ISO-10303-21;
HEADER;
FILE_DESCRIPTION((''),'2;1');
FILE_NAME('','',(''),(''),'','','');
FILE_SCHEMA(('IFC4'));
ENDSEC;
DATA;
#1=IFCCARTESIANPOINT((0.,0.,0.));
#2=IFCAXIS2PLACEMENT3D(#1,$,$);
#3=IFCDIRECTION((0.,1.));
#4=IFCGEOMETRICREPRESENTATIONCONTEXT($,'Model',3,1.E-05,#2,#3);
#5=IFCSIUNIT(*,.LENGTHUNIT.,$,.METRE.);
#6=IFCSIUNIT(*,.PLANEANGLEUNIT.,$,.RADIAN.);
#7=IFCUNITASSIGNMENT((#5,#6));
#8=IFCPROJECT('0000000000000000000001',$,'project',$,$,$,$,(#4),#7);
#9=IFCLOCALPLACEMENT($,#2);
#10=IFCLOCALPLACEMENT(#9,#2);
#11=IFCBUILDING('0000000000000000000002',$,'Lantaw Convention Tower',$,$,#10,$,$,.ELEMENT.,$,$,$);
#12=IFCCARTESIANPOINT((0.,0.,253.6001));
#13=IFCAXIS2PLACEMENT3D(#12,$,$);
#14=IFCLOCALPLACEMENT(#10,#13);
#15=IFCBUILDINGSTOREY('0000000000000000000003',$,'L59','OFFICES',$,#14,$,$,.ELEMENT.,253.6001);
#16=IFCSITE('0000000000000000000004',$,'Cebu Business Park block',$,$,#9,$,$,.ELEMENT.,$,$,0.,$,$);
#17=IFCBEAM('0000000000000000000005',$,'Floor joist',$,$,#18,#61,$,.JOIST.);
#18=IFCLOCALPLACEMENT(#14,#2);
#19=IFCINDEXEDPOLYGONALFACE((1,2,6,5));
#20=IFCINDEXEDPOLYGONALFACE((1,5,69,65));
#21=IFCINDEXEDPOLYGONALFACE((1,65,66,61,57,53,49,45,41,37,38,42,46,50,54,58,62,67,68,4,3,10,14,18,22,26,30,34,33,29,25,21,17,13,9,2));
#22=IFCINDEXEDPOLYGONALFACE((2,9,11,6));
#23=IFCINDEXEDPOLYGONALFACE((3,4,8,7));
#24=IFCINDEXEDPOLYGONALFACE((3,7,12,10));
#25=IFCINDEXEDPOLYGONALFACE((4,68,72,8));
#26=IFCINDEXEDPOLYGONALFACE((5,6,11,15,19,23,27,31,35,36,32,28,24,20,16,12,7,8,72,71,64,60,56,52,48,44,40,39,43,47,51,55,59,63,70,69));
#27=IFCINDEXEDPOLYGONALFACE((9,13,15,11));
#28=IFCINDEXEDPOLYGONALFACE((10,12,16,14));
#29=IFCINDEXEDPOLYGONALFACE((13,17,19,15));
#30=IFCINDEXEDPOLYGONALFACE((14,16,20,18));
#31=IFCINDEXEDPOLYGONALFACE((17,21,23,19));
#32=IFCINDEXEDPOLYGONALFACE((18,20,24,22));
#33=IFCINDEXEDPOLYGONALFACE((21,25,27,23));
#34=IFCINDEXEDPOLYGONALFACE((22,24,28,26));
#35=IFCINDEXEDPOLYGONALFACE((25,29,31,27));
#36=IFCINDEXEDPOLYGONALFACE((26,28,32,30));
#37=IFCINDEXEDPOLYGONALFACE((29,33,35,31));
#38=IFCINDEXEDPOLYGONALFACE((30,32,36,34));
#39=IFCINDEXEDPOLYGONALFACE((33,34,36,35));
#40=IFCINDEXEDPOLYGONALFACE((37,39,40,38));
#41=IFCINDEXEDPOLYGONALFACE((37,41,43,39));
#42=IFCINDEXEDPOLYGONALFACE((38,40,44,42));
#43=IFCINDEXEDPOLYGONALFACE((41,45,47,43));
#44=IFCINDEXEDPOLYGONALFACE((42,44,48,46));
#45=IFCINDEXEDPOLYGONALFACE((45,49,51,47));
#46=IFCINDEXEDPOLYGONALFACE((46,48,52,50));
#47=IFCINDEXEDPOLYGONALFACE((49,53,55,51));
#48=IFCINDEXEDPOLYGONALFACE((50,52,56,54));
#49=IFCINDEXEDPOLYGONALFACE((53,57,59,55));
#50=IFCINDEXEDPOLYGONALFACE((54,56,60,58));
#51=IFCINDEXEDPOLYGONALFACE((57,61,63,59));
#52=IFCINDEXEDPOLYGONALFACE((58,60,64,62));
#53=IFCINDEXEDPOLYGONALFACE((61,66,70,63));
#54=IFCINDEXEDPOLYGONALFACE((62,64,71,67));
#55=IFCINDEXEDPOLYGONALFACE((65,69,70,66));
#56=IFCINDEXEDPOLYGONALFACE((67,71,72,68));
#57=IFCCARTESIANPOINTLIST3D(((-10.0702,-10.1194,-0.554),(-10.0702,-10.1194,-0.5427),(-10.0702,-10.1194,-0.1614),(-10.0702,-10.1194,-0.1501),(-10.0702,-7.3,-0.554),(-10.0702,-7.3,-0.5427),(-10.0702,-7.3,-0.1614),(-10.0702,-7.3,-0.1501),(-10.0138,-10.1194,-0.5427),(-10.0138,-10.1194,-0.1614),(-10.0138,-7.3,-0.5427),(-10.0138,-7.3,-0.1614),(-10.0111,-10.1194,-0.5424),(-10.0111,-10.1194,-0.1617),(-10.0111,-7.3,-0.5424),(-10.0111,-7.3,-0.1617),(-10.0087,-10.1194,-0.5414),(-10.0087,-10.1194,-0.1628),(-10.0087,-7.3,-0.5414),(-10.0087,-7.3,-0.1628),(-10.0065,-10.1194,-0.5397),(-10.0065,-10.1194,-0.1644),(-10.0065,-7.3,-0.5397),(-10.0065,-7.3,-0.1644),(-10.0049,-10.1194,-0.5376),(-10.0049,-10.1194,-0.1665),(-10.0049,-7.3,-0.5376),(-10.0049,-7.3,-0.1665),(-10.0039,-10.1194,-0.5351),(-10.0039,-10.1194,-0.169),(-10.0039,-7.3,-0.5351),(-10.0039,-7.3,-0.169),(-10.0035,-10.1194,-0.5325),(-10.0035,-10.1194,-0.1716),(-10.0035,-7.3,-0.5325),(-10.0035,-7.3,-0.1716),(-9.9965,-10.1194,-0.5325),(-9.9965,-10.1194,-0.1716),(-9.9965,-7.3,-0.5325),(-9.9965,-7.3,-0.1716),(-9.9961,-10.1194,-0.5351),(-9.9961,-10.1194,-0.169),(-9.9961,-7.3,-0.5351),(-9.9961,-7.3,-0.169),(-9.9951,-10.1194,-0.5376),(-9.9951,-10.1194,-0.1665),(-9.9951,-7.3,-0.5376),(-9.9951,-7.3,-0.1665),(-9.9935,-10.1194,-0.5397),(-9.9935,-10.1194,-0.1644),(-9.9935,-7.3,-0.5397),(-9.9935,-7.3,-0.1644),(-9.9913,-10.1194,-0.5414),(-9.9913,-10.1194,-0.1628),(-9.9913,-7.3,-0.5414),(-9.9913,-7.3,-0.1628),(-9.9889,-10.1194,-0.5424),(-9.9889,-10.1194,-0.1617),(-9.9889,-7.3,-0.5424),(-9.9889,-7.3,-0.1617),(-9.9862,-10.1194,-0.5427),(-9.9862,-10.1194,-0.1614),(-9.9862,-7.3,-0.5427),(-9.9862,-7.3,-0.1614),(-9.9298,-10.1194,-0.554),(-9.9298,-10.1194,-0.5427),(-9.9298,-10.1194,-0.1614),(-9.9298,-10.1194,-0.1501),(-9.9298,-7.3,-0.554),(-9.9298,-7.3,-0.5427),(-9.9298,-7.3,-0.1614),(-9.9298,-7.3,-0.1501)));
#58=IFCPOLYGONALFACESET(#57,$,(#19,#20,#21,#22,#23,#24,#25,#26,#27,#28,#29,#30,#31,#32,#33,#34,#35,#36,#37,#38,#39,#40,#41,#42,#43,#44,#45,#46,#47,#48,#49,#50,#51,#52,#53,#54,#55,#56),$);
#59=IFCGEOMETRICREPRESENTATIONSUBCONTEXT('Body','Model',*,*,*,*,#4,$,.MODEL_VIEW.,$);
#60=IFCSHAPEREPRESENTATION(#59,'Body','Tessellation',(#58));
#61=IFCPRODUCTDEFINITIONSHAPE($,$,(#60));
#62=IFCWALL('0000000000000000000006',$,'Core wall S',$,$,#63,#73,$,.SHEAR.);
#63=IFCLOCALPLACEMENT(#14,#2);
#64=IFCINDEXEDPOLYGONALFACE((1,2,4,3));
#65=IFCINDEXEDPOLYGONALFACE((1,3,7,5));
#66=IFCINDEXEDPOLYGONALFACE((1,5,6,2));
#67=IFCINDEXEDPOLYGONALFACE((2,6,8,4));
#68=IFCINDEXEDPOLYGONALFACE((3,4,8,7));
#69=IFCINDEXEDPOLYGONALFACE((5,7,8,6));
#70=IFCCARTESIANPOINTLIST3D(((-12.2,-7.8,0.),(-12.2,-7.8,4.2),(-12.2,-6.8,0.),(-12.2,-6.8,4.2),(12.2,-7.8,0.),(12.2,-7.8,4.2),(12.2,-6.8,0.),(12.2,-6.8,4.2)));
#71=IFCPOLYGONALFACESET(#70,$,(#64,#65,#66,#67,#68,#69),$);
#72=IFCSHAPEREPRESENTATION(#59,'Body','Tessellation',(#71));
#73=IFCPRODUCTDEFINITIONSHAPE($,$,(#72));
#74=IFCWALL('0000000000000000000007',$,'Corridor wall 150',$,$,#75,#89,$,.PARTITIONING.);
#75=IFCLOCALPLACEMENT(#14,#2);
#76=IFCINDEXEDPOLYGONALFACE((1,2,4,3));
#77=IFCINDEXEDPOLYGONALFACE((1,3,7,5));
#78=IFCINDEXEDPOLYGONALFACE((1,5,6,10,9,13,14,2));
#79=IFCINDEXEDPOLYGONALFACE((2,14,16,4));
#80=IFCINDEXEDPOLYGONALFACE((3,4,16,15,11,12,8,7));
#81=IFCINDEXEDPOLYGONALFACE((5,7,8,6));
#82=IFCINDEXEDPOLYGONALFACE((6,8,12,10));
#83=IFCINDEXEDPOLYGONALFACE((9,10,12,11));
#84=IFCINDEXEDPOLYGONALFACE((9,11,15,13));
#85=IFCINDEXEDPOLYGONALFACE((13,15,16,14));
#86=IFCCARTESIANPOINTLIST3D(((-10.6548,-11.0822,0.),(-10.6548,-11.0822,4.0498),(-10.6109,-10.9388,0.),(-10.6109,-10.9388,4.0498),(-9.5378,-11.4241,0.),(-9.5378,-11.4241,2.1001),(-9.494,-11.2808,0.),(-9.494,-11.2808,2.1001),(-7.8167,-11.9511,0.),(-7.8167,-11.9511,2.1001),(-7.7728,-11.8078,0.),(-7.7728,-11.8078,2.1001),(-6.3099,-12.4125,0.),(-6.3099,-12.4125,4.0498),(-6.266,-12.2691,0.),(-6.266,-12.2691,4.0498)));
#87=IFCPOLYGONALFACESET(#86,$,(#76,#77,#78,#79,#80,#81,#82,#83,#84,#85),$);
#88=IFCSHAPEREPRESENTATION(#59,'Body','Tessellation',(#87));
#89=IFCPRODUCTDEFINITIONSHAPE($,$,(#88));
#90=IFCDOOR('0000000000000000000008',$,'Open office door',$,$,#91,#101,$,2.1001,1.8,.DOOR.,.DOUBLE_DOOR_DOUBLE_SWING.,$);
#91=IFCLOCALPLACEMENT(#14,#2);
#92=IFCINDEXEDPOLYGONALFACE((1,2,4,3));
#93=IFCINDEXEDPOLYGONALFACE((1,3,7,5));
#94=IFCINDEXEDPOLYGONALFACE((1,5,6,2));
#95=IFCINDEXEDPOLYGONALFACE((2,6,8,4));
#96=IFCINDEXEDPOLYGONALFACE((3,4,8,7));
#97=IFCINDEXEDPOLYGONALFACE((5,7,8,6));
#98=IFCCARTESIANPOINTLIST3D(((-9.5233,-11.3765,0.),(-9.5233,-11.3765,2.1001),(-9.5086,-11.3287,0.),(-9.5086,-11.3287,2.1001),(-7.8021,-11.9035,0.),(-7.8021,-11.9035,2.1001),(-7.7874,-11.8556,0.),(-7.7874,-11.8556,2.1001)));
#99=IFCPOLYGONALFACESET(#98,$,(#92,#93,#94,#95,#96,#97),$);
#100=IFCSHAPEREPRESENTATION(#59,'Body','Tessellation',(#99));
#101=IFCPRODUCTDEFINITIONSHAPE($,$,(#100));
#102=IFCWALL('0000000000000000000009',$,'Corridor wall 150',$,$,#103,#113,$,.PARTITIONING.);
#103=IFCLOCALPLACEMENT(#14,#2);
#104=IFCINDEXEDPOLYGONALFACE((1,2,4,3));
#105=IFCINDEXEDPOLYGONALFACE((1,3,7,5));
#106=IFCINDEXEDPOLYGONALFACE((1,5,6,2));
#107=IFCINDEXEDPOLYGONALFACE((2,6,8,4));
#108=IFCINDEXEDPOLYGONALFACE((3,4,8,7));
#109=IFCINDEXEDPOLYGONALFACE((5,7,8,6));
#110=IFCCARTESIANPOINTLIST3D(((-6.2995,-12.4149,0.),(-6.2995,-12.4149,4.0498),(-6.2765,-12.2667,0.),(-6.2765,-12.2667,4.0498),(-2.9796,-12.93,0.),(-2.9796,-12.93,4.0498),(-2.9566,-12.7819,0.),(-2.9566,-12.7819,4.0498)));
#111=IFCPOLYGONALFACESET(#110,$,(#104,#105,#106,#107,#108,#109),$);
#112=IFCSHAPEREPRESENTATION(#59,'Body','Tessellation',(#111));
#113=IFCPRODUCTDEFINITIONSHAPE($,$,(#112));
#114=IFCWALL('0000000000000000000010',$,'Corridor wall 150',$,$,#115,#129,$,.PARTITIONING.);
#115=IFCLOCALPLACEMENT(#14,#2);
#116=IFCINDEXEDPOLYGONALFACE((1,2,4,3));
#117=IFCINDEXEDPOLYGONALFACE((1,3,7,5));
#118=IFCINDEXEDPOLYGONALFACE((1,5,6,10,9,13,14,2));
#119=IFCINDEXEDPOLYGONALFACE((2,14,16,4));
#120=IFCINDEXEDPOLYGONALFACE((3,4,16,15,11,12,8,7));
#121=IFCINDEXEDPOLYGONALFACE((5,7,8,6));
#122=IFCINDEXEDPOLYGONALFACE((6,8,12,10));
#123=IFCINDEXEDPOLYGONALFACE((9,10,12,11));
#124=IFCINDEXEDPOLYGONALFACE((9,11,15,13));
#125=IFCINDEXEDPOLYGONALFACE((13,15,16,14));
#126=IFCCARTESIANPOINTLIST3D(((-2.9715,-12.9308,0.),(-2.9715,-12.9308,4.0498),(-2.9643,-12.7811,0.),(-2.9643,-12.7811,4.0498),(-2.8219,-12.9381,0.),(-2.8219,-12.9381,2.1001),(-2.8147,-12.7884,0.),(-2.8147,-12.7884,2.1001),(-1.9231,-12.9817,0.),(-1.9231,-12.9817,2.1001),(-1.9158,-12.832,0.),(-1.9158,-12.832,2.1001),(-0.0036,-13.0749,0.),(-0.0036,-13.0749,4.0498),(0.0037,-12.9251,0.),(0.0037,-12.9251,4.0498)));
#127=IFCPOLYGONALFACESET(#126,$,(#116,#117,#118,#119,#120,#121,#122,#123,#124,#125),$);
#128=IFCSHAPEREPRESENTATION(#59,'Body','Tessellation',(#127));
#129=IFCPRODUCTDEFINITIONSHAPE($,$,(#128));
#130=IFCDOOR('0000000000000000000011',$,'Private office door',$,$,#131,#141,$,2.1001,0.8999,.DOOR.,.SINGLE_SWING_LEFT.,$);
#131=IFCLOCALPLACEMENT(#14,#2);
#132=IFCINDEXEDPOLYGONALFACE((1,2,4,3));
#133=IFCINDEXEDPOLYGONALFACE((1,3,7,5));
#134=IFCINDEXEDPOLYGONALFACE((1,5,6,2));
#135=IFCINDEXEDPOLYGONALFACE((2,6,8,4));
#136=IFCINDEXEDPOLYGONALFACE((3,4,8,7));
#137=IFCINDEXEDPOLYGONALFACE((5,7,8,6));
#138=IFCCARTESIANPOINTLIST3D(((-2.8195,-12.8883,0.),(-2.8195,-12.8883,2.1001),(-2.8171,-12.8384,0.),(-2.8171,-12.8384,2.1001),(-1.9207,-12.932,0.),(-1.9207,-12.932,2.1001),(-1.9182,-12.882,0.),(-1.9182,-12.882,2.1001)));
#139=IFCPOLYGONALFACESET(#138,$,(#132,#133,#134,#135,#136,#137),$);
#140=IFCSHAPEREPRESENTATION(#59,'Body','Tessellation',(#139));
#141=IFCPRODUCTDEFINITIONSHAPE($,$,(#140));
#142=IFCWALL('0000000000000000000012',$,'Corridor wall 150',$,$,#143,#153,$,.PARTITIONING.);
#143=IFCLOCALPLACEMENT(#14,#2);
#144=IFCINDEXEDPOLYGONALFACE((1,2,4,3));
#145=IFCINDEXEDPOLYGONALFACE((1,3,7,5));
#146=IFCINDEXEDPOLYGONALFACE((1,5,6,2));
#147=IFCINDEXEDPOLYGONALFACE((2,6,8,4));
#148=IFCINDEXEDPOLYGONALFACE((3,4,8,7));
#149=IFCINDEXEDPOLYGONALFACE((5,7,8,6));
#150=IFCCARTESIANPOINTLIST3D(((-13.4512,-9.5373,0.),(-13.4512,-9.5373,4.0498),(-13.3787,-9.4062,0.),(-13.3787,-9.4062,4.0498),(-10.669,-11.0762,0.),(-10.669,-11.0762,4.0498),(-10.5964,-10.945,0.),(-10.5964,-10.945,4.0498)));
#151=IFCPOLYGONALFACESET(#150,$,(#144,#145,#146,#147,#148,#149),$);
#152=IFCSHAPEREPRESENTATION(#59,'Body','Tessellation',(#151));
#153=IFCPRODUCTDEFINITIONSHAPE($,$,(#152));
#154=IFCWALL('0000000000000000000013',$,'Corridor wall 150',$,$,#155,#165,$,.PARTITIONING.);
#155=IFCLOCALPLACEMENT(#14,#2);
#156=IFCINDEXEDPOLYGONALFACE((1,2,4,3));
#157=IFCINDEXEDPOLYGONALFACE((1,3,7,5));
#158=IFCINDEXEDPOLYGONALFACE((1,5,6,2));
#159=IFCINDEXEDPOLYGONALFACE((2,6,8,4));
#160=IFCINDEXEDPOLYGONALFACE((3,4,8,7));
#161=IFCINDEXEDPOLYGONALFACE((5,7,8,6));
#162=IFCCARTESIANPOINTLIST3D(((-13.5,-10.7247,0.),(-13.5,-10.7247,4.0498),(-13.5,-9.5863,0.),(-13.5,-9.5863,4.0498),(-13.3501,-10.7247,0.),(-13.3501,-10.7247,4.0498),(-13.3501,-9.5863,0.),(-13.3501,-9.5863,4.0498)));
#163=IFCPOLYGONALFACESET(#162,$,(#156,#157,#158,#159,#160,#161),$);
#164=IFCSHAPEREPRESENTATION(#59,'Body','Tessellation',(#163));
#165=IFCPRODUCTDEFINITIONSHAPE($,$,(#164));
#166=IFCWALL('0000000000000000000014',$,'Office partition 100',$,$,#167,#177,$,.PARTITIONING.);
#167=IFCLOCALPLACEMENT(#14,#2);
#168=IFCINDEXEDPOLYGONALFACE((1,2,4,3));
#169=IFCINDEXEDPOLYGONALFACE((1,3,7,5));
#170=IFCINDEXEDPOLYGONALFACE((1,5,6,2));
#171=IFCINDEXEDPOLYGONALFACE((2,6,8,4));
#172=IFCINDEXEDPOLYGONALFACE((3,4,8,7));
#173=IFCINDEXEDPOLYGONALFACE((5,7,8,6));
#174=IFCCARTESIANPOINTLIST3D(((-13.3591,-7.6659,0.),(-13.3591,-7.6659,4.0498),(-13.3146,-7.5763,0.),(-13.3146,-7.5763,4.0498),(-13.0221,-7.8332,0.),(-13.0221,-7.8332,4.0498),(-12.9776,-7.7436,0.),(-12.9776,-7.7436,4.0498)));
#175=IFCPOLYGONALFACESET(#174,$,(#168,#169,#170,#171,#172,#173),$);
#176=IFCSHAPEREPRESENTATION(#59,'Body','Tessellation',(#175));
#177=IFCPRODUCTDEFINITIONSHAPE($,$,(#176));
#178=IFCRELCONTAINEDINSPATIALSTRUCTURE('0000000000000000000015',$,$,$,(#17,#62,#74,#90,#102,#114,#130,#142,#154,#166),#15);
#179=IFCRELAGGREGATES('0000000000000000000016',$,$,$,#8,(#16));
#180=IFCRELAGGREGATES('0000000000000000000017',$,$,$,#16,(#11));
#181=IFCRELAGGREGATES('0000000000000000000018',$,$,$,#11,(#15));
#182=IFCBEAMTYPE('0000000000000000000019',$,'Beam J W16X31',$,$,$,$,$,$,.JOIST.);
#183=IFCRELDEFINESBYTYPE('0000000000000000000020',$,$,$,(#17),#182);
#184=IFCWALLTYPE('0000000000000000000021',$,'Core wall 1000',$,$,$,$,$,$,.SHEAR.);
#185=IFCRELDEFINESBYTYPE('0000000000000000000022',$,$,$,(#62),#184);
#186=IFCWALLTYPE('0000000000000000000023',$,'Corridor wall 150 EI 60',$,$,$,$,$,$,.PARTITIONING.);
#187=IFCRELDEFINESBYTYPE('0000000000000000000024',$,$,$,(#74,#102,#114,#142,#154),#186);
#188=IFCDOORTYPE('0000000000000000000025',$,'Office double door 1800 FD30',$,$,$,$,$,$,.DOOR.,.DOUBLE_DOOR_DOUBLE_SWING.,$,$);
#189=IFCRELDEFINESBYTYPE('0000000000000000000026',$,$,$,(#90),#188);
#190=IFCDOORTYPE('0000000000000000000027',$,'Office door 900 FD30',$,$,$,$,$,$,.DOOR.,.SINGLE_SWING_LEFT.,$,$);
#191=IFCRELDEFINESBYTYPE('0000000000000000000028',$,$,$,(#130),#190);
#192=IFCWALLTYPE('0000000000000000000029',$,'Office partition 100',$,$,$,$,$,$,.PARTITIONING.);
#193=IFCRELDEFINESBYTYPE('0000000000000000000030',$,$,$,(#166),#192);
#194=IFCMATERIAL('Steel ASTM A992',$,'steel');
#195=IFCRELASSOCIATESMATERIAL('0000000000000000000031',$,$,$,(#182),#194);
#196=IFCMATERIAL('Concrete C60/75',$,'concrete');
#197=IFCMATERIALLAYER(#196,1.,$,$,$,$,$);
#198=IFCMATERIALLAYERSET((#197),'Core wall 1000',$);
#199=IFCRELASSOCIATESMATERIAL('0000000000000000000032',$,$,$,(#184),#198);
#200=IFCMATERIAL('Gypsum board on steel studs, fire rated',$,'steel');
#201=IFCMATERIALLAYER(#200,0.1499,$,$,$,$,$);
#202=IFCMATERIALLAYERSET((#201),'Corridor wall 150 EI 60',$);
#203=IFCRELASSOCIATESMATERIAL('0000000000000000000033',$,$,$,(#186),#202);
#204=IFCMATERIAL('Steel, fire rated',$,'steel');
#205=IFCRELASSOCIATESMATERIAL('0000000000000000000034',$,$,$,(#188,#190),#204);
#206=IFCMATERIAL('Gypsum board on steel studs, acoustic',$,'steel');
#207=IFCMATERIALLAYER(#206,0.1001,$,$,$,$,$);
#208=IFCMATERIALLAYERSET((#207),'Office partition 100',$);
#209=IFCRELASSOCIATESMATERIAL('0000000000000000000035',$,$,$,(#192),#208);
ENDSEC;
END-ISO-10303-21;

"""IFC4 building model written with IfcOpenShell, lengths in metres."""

from ifc_helpers import new_model, si_unit, direction, frame, frame_2d, origin, origin_2d, place, context, subcontext, project, spatial, rectangle, i_section, extrude, material, layer, layer_set, material_profile, profile_set, type_object, element, fill, save


model = new_model("IFC4")

# Units and contexts
model_context = context("Model", 3, precision=1e-05, world=origin(), true_north=direction((0.0, 1.0)))
body_context = subcontext(model_context, "Body", "Model", "MODEL_VIEW")
ifc_project = project(units=[si_unit("LENGTHUNIT", "METRE"), si_unit("PLANEANGLEUNIT", "RADIAN")], contexts=[model_context])

# Site, building, storey
site_placement = place(None, origin())
site = spatial("IfcSite", under=ifc_project, at=site_placement, Name="Cebu Business Park block", CompositionType="ELEMENT", RefElevation=0.0)
building_placement = place(site_placement, origin())
building = spatial("IfcBuilding", under=site, at=building_placement, Name="Lantaw Convention Tower", CompositionType="ELEMENT")
storey_placement = place(building_placement, frame((0.0, 0.0, 253.6001)))
storey = spatial("IfcBuildingStorey", under=building, at=storey_placement, Name="L59", Description="OFFICES", CompositionType="ELEMENT", Elevation=253.6001)

# Shared definitions
ifc_material_1 = material(Name="Concrete C60/75", Category="concrete")

# Beam
ifc_material_2 = material(Name="Steel ASTM A992", Category="steel")
ifc_material_profile_1 = material_profile(ifc_material_2, i_section(OverallWidth=0.1404, OverallDepth=0.4038, WebThickness=0.0071, FlangeThickness=0.0112, FilletRadius=0.0103, at=origin_2d()), Name="W16X31")
ifc_profile_set_1 = profile_set([ifc_material_profile_1], Name="Steel ASTM A992")
beam_type_1 = type_object("IfcBeamType", Name="Beam J W16X31", PredefinedType="JOIST", material=ifc_profile_set_1)
beam_1_placement = place(storey_placement, frame((-10.0, -10.1194, -0.3521), z_axis=(0.0, 1.0, 0.0), x_axis=(-1.0, 0.0, 0.0)))
element("IfcBeam", 1, at=beam_1_placement, inside=storey, type_object=beam_type_1, Name="Floor joist", PredefinedType="JOIST", context=body_context, shape_type="SweptSolid", body=[
    extrude(i_section(OverallWidth=0.1404, OverallDepth=0.4038, WebThickness=0.0071, FlangeThickness=0.0112, FilletRadius=0.0103, at=origin_2d()), origin(), (0.0, 0.0, 1.0), 2.8193),
])

# Wall
ifc_layer_1 = layer(ifc_material_1, 1.0)
ifc_layer_set_1 = layer_set([ifc_layer_1], Name="Core wall 1000")
wall_type_1 = type_object("IfcWallType", Name="Core wall 1000", PredefinedType="SHEAR", material=ifc_layer_set_1)
wall_1_placement = place(storey_placement, frame((-12.2, -7.3, 0.0), z_axis=(0.0, 0.0, 1.0), x_axis=(1.0, 0.0, 0.0)))
element("IfcWall", 2, at=wall_1_placement, inside=storey, type_object=wall_type_1, Name="Core wall S", PredefinedType="SHEAR", context=body_context, shape_type="SweptSolid", body=[
    extrude(rectangle(XDim=24.3999, YDim=1.0, at=frame_2d((12.2, 0.0))), origin(), (0.0, 0.0, 1.0), 4.2),
])

# Wall, opening, door
ifc_material_3 = material(Name="Gypsum board on steel studs, fire rated", Category="steel")
ifc_layer_2 = layer(ifc_material_3, 0.1499)
ifc_layer_set_2 = layer_set([ifc_layer_2], Name="Corridor wall 150 EI 60")
wall_type_2 = type_object("IfcWallType", Name="Corridor wall 150 EI 60", PredefinedType="PARTITIONING", material=ifc_layer_set_2)
wall_2_placement = place(storey_placement, frame((-10.6328, -11.0105, 0.0), z_axis=(0.0, 0.0, 1.0), x_axis=(0.956186, -0.29276, 0.0)))
wall_2 = element("IfcWall", 3, at=wall_2_placement, inside=storey, type_object=wall_type_2, Name="Corridor wall 150", PredefinedType="PARTITIONING", context=body_context, shape_type="SweptSolid", body=[
    extrude(rectangle(XDim=4.5439, YDim=0.1499, at=frame_2d((2.272, 0.0))), origin(), (0.0, 0.0, 1.0), 4.0498),
])
opening_1_placement = place(wall_2_placement, frame((1.1682, 0.0, 0.0)))
opening_1 = element("IfcOpeningElement", 4, at=opening_1_placement, cuts=wall_2, PredefinedType="OPENING", context=body_context, shape_type="SweptSolid", body=[
    extrude(rectangle(XDim=1.8, YDim=2.1001, at=frame_2d((0.8999, 1.05))), frame((0.0, 0.085, 0.0), z_axis=(0.0, -1.0, 0.0), x_axis=(1.0, 0.0, 0.0)), (0.0, 0.0, 1.0), 0.1699),
])
ifc_material_4 = material(Name="Steel, fire rated", Category="steel")
door_type_1 = type_object("IfcDoorType", Name="Office double door 1800 FD30", OperationType="DOUBLE_DOOR_DOUBLE_SWING", PredefinedType="DOOR", material=ifc_material_4)
door_1_placement = place(opening_1_placement, origin())
door_1 = element("IfcDoor", 5, at=door_1_placement, inside=storey, type_object=door_type_1, Name="Open office door", OperationType="DOUBLE_DOOR_DOUBLE_SWING", OverallHeight=2.1001, OverallWidth=1.8, PredefinedType="DOOR", context=body_context, shape_type="SweptSolid", body=[
    extrude(rectangle(XDim=1.8, YDim=2.1001, at=frame_2d((0.8999, 1.05))), frame((0.0, 0.0249, 0.0), z_axis=(0.0, -1.0, 0.0), x_axis=(1.0, 0.0, 0.0)), (0.0, 0.0, 1.0), 0.05),
])
fill(opening_1, door_1)

# Wall
wall_3_placement = place(storey_placement, frame((-6.2878, -12.3408, 0.0), z_axis=(0.0, 0.0, 1.0), x_axis=(0.988174, -0.153335, 0.0)))
element("IfcWall", 6, at=wall_3_placement, inside=storey, type_object=wall_type_2, Name="Corridor wall 150", PredefinedType="PARTITIONING", context=body_context, shape_type="SweptSolid", body=[
    extrude(rectangle(XDim=3.3596, YDim=0.1499, at=frame_2d((1.6797, 0.0))), origin(), (0.0, 0.0, 1.0), 4.0498),
])

# Wall, opening, door
wall_4_placement = place(storey_placement, frame((-2.968, -12.856, 0.0), z_axis=(0.0, 0.0, 1.0), x_axis=(0.998824, -0.048475, 0.0)))
wall_4 = element("IfcWall", 7, at=wall_4_placement, inside=storey, type_object=wall_type_2, Name="Corridor wall 150", PredefinedType="PARTITIONING", context=body_context, shape_type="SweptSolid", body=[
    extrude(rectangle(XDim=2.9714, YDim=0.1499, at=frame_2d((1.4858, 0.0))), origin(), (0.0, 0.0, 1.0), 4.0498),
])
opening_2_placement = place(wall_4_placement, frame((0.1499, 0.0, 0.0)))
opening_2 = element("IfcOpeningElement", 8, at=opening_2_placement, cuts=wall_4, PredefinedType="OPENING", context=body_context, shape_type="SweptSolid", body=[
    extrude(rectangle(XDim=0.8999, YDim=2.1001, at=frame_2d((0.45, 1.05))), frame((0.0, 0.085, 0.0), z_axis=(0.0, -1.0, 0.0), x_axis=(1.0, 0.0, 0.0)), (0.0, 0.0, 1.0), 0.1699),
])
door_type_2 = type_object("IfcDoorType", Name="Office door 900 FD30", OperationType="SINGLE_SWING_LEFT", PredefinedType="DOOR", material=ifc_material_4)
door_2_placement = place(opening_2_placement, origin())
door_2 = element("IfcDoor", 9, at=door_2_placement, inside=storey, type_object=door_type_2, Name="Private office door", OperationType="SINGLE_SWING_LEFT", OverallHeight=2.1001, OverallWidth=0.8999, PredefinedType="DOOR", context=body_context, shape_type="SweptSolid", body=[
    extrude(rectangle(XDim=0.8999, YDim=2.1001, at=frame_2d((0.45, 1.05))), frame((0.0, 0.0249, 0.0), z_axis=(0.0, -1.0, 0.0), x_axis=(1.0, 0.0, 0.0)), (0.0, 0.0, 1.0), 0.05),
])
fill(opening_2, door_2)

# Walls
wall_5_placement = place(storey_placement, frame((-13.415, -9.4717, 0.0), z_axis=(0.0, 0.0, 1.0), x_axis=(0.875072, -0.483993, 0.0)))
element("IfcWall", 10, at=wall_5_placement, inside=storey, type_object=wall_type_2, Name="Corridor wall 150", PredefinedType="PARTITIONING", context=body_context, shape_type="SweptSolid", body=[
    extrude(rectangle(XDim=3.1794, YDim=0.1499, at=frame_2d((1.5898, 0.0))), origin(), (0.0, 0.0, 1.0), 4.0498),
])
wall_6_placement = place(storey_placement, frame((-13.425, -9.5862, 0.0), z_axis=(0.0, 0.0, 1.0), x_axis=(0.0, -1.0, 0.0)))
element("IfcWall", 11, at=wall_6_placement, inside=storey, type_object=wall_type_2, Name="Corridor wall 150", PredefinedType="PARTITIONING", context=body_context, shape_type="SweptSolid", body=[
    extrude(rectangle(XDim=1.1384, YDim=0.1499, at=frame_2d((0.5693, 0.0))), origin(), (0.0, 0.0, 1.0), 4.0498),
])
ifc_material_5 = material(Name="Gypsum board on steel studs, acoustic", Category="steel")
ifc_layer_3 = layer(ifc_material_5, 0.1001)
ifc_layer_set_3 = layer_set([ifc_layer_3], Name="Office partition 100")
wall_type_3 = type_object("IfcWallType", Name="Office partition 100", PredefinedType="PARTITIONING", material=ifc_layer_set_3)
wall_7_placement = place(storey_placement, frame((-13.0, -7.7883, 0.0), z_axis=(0.0, 0.0, 1.0), x_axis=(-0.895722, 0.444615, 0.0)))
element("IfcWall", 12, at=wall_7_placement, inside=storey, type_object=wall_type_3, Name="Office partition 100", PredefinedType="PARTITIONING", context=body_context, shape_type="SweptSolid", body=[
    extrude(rectangle(XDim=0.3762, YDim=0.1001, at=frame_2d((0.188, 0.0))), origin(), (0.0, 0.0, 1.0), 4.0498),
])

save(model, "model.ifc")
